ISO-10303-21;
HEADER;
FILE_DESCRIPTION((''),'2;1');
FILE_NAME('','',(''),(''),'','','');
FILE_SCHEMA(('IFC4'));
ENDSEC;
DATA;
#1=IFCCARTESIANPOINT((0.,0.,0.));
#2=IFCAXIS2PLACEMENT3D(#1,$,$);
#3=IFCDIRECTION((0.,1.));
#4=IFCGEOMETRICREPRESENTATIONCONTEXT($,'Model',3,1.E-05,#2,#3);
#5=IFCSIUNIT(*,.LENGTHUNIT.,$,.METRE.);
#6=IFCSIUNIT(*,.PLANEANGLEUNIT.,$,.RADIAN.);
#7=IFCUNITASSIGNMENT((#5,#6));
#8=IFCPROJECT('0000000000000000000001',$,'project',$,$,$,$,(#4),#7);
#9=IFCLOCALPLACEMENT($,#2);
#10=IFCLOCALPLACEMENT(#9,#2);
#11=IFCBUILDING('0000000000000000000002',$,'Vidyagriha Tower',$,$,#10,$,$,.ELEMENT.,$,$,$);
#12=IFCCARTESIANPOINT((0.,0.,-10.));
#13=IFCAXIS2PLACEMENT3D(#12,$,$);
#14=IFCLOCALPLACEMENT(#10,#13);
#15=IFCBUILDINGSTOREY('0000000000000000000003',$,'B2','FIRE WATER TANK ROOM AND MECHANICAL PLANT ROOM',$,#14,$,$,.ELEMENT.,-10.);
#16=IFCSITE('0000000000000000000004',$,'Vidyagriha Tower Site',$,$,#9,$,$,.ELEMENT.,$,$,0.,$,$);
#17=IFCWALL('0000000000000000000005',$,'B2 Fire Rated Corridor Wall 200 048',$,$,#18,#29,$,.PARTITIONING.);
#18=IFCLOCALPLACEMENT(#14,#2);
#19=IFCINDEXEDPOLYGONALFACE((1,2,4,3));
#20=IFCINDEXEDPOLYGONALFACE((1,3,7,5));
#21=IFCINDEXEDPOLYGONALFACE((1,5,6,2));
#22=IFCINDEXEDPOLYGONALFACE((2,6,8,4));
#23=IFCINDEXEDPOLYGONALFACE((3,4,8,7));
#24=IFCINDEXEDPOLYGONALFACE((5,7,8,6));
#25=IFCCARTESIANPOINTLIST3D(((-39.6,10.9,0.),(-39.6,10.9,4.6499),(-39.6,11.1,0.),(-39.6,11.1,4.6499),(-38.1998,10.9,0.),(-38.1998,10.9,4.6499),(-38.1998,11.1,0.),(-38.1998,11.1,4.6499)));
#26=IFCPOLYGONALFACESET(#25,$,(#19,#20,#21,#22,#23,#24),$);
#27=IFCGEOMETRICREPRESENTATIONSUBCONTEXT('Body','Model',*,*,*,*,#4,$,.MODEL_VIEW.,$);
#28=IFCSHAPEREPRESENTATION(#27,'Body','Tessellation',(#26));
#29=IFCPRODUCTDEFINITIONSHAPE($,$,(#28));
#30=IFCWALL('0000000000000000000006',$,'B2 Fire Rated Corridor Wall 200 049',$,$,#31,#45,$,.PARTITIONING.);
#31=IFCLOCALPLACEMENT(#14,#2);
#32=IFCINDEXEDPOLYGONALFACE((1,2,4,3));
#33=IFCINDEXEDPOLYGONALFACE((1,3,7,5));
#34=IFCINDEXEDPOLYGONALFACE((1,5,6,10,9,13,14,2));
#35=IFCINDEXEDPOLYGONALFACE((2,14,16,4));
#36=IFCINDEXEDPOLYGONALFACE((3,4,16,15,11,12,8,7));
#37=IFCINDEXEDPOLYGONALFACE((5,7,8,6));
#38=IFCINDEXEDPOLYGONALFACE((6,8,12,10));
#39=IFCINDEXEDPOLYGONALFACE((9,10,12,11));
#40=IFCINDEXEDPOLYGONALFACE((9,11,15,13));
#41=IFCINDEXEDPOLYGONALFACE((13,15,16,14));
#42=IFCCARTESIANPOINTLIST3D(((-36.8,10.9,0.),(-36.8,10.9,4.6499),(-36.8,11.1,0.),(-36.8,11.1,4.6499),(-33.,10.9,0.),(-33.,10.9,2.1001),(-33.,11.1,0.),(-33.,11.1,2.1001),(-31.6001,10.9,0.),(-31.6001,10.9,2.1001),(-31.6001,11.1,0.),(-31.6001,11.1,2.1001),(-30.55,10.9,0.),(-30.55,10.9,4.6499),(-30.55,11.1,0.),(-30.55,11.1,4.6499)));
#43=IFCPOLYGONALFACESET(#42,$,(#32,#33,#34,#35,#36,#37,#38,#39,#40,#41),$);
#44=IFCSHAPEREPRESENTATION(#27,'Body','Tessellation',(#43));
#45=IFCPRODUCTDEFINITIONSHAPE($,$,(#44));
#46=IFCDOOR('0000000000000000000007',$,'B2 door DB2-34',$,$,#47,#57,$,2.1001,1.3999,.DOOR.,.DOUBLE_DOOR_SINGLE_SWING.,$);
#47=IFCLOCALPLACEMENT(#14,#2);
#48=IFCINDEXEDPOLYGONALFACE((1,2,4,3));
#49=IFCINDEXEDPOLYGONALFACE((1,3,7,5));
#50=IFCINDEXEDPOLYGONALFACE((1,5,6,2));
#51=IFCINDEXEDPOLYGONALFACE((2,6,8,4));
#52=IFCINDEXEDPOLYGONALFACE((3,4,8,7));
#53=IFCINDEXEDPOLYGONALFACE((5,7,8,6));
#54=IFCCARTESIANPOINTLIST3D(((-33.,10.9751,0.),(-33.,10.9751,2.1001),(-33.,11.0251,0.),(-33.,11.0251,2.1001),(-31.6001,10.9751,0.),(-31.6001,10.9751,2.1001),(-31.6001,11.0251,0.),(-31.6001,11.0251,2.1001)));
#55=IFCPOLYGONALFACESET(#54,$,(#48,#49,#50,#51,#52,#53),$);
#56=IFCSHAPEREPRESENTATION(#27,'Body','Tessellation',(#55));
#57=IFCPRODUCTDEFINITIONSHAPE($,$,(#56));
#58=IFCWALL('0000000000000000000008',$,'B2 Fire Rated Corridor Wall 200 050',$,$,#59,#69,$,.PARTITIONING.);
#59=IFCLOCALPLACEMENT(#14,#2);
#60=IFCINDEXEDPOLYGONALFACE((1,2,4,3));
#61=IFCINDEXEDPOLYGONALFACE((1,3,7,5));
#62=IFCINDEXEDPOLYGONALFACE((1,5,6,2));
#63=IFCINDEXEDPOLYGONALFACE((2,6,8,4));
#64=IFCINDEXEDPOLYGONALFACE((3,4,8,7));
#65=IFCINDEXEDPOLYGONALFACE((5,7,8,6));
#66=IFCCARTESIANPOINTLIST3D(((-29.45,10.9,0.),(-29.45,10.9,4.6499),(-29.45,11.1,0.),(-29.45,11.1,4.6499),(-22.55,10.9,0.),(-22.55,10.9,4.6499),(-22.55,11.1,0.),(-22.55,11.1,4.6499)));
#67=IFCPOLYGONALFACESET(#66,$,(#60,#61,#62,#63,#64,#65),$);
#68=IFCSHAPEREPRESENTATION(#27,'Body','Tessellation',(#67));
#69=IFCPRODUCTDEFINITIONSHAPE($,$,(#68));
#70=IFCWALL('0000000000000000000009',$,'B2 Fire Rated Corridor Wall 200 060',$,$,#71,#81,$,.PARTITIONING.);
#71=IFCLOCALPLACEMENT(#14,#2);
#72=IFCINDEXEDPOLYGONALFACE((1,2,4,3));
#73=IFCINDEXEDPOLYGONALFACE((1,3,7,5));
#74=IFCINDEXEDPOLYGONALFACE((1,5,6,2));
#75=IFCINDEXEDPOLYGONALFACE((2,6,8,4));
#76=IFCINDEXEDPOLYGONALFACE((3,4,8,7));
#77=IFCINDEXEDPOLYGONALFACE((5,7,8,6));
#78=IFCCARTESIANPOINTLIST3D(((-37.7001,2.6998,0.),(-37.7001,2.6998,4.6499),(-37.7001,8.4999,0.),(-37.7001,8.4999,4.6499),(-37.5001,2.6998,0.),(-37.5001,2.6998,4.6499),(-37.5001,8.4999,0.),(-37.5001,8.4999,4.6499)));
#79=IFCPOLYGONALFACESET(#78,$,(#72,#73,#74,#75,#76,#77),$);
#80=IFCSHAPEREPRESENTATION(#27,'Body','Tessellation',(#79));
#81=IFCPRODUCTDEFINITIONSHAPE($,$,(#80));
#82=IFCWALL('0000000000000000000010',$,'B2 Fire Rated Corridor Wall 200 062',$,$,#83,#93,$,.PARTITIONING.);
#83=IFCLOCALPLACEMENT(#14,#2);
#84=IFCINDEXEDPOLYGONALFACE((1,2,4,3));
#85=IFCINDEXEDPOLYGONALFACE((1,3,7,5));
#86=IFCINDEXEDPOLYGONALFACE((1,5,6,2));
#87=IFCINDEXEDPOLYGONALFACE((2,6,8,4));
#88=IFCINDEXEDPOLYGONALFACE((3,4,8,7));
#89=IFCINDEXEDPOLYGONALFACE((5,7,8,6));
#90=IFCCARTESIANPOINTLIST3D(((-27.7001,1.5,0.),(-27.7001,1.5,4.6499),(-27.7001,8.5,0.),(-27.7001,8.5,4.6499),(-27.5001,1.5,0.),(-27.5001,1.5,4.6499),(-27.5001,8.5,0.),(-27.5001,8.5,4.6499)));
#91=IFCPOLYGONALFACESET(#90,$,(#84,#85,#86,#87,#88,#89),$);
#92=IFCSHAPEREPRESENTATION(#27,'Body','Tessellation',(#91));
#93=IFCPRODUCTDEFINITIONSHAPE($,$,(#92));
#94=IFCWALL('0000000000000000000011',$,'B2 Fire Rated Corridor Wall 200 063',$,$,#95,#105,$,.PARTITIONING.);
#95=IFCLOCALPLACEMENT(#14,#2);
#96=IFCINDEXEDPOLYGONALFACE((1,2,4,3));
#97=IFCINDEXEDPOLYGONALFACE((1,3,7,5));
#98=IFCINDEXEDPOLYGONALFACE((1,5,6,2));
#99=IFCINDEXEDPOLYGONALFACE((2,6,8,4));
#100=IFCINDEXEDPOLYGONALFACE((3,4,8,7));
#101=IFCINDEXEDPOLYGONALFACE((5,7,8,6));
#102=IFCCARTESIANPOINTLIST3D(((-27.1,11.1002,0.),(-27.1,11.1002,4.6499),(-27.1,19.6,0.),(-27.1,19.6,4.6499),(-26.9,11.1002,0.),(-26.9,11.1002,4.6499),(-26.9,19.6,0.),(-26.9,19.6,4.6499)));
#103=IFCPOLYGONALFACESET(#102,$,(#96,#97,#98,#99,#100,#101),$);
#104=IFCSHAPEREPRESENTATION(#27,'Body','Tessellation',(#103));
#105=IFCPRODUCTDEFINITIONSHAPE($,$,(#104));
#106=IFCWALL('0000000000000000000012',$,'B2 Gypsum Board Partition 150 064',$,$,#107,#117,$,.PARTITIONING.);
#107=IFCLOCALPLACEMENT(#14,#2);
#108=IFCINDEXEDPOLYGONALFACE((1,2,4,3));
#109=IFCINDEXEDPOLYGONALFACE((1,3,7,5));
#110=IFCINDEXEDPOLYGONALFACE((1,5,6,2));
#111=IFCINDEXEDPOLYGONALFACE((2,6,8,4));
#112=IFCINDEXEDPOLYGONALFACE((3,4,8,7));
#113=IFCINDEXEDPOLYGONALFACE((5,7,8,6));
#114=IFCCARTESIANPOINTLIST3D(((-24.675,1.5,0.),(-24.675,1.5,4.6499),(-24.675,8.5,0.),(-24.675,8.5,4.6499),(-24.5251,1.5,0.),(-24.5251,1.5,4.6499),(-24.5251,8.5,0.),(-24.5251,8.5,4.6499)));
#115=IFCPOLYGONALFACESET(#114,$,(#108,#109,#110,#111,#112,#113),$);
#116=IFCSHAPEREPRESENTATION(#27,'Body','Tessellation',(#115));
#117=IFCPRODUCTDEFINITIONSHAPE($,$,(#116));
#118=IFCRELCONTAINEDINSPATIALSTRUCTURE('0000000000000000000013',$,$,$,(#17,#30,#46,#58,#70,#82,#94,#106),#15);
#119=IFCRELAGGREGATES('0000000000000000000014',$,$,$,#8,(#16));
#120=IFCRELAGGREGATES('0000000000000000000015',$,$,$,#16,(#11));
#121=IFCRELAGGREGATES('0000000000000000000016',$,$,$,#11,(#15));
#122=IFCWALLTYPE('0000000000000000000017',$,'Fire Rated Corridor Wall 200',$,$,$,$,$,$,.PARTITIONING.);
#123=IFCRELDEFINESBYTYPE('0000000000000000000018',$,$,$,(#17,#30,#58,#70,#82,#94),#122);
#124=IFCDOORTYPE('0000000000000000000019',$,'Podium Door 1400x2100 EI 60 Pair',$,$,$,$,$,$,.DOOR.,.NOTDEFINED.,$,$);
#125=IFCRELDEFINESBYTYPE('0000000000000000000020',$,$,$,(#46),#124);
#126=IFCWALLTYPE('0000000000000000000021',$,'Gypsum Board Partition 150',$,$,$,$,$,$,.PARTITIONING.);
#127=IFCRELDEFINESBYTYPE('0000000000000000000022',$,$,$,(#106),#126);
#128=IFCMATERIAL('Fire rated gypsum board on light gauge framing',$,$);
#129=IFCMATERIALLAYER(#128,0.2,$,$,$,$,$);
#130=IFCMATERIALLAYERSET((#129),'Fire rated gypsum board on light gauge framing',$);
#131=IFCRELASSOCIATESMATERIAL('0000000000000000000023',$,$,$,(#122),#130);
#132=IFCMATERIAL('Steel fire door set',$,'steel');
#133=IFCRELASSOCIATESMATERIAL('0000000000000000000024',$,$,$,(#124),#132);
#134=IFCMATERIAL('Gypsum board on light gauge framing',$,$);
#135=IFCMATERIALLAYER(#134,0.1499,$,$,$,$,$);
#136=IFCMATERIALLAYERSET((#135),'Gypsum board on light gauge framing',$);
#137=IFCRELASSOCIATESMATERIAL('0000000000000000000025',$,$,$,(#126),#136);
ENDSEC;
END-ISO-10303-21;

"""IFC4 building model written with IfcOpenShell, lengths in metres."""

from ifc_helpers import new_model, si_unit, direction, frame, frame_2d, origin, place, context, subcontext, project, spatial, rectangle, extrude, material, layer, layer_set, type_object, element, fill, save


model = new_model("IFC4")

# Units and contexts
model_context = context("Model", 3, precision=1e-05, world=origin(), true_north=direction((0.0, 1.0)))
body_context = subcontext(model_context, "Body", "Model", "MODEL_VIEW")
ifc_project = project(units=[si_unit("LENGTHUNIT", "METRE"), si_unit("PLANEANGLEUNIT", "RADIAN")], contexts=[model_context])

# Site, building, storey
site_placement = place(None, origin())
site = spatial("IfcSite", under=ifc_project, at=site_placement, Name="Vidyagriha Tower Site", CompositionType="ELEMENT", RefElevation=0.0)
building_placement = place(site_placement, origin())
building = spatial("IfcBuilding", under=site, at=building_placement, Name="Vidyagriha Tower", CompositionType="ELEMENT")
storey_placement = place(building_placement, frame((0.0, 0.0, -10.0)))
storey = spatial("IfcBuildingStorey", under=building, at=storey_placement, Name="B2", Description="FIRE WATER TANK ROOM AND MECHANICAL PLANT ROOM", CompositionType="ELEMENT", Elevation=-10.0)

# Shared definitions
ifc_material_1 = material(Name="Fire rated gypsum board on light gauge framing")
ifc_layer_1 = layer(ifc_material_1, 0.2)
ifc_layer_set_1 = layer_set([ifc_layer_1], Name="Fire rated gypsum board on light gauge framing")
wall_type_1 = type_object("IfcWallType", Name="Fire Rated Corridor Wall 200", PredefinedType="PARTITIONING", material=ifc_layer_set_1)

# Wall
wall_1_placement = place(storey_placement, frame((-39.6001, 11.0, 0.0)))
element("IfcWall", 1, at=wall_1_placement, inside=storey, type_object=wall_type_1, Name="B2 Fire Rated Corridor Wall 200 048", PredefinedType="PARTITIONING", context=body_context, shape_type="SweptSolid", body=[
    extrude(rectangle(XDim=1.4001, YDim=0.2, at=frame_2d((0.7002, 0.0))), origin(), (0.0, 0.0, 1.0), 4.6499),
])

# Wall, opening, door
wall_2_placement = place(storey_placement, frame((-36.8, 11.0, 0.0)))
wall_2 = element("IfcWall", 2, at=wall_2_placement, inside=storey, type_object=wall_type_1, Name="B2 Fire Rated Corridor Wall 200 049", PredefinedType="PARTITIONING", context=body_context, shape_type="SweptSolid", body=[
    extrude(rectangle(XDim=6.25, YDim=0.2, at=frame_2d((3.125, 0.0))), origin(), (0.0, 0.0, 1.0), 4.6499),
])
opening_1_placement = place(wall_2_placement, frame((3.8, 0.0, 0.0)))
opening_1 = element("IfcOpeningElement", 3, at=opening_1_placement, cuts=wall_2, PredefinedType="OPENING", context=body_context, shape_type="SweptSolid", body=[
    extrude(rectangle(XDim=1.3999, YDim=2.1001, at=frame_2d((0.7, 1.05))), frame((0.0, 0.1099, 0.0), z_axis=(0.0, -1.0, 0.0), x_axis=(1.0, 0.0, 0.0)), (0.0, 0.0, 1.0), 0.22),
])
ifc_material_2 = material(Name="Steel fire door set", Category="steel")
door_type_1 = type_object("IfcDoorType", Name="Podium Door 1400x2100 EI 60 Pair", OperationType="NOTDEFINED", PredefinedType="DOOR", material=ifc_material_2)
door_1_placement = place(opening_1_placement, frame((1.3999, 0.0, 0.0), z_axis=(0.0, 0.0, 1.0), x_axis=(-1.0, 0.0, 0.0)))
door_1 = element("IfcDoor", 4, at=door_1_placement, inside=storey, type_object=door_type_1, Name="B2 door DB2-34", OperationType="DOUBLE_DOOR_SINGLE_SWING", OverallHeight=2.1001, OverallWidth=1.3999, PredefinedType="DOOR", context=body_context, shape_type="SweptSolid", body=[
    extrude(rectangle(XDim=1.3999, YDim=2.1001, at=frame_2d((0.7, 1.05))), frame((0.0, 0.0249, 0.0), z_axis=(0.0, -1.0, 0.0), x_axis=(1.0, 0.0, 0.0)), (0.0, 0.0, 1.0), 0.05),
])
fill(opening_1, door_1)

# Walls
wall_3_placement = place(storey_placement, frame((-29.45, 11.0, 0.0)))
element("IfcWall", 5, at=wall_3_placement, inside=storey, type_object=wall_type_1, Name="B2 Fire Rated Corridor Wall 200 050", PredefinedType="PARTITIONING", context=body_context, shape_type="SweptSolid", body=[
    extrude(rectangle(XDim=6.8999, YDim=0.2, at=frame_2d((3.45, 0.0))), origin(), (0.0, 0.0, 1.0), 4.6499),
])
wall_4_placement = place(storey_placement, frame((-37.6001, 2.7, 0.0), z_axis=(0.0, 0.0, 1.0), x_axis=(0.0, 1.0, 0.0)))
element("IfcWall", 6, at=wall_4_placement, inside=storey, type_object=wall_type_1, Name="B2 Fire Rated Corridor Wall 200 060", PredefinedType="PARTITIONING", context=body_context, shape_type="SweptSolid", body=[
    extrude(rectangle(XDim=5.8, YDim=0.2, at=frame_2d((2.8999, 0.0))), origin(), (0.0, 0.0, 1.0), 4.6499),
])
wall_5_placement = place(storey_placement, frame((-27.6001, 1.5, 0.0), z_axis=(0.0, 0.0, 1.0), x_axis=(0.0, 1.0, 0.0)))
element("IfcWall", 7, at=wall_5_placement, inside=storey, type_object=wall_type_1, Name="B2 Fire Rated Corridor Wall 200 062", PredefinedType="PARTITIONING", context=body_context, shape_type="SweptSolid", body=[
    extrude(rectangle(XDim=7.0, YDim=0.2, at=frame_2d((3.5, 0.0))), origin(), (0.0, 0.0, 1.0), 4.6499),
])
wall_6_placement = place(storey_placement, frame((-27.0, 11.1001, 0.0), z_axis=(0.0, 0.0, 1.0), x_axis=(0.0, 1.0, 0.0)))
element("IfcWall", 8, at=wall_6_placement, inside=storey, type_object=wall_type_1, Name="B2 Fire Rated Corridor Wall 200 063", PredefinedType="PARTITIONING", context=body_context, shape_type="SweptSolid", body=[
    extrude(rectangle(XDim=8.4998, YDim=0.2, at=frame_2d((4.25, 0.0))), origin(), (0.0, 0.0, 1.0), 4.6499),
])
ifc_material_3 = material(Name="Gypsum board on light gauge framing")
ifc_layer_2 = layer(ifc_material_3, 0.1499)
ifc_layer_set_2 = layer_set([ifc_layer_2], Name="Gypsum board on light gauge framing")
wall_type_2 = type_object("IfcWallType", Name="Gypsum Board Partition 150", PredefinedType="PARTITIONING", material=ifc_layer_set_2)
wall_7_placement = place(storey_placement, frame((-24.6001, 1.5, 0.0), z_axis=(0.0, 0.0, 1.0), x_axis=(0.0, 1.0, 0.0)))
element("IfcWall", 9, at=wall_7_placement, inside=storey, type_object=wall_type_2, Name="B2 Gypsum Board Partition 150 064", PredefinedType="PARTITIONING", context=body_context, shape_type="SweptSolid", body=[
    extrude(rectangle(XDim=7.0, YDim=0.1499, at=frame_2d((3.5, 0.0))), origin(), (0.0, 0.0, 1.0), 4.6499),
])

save(model, "model.ifc")
